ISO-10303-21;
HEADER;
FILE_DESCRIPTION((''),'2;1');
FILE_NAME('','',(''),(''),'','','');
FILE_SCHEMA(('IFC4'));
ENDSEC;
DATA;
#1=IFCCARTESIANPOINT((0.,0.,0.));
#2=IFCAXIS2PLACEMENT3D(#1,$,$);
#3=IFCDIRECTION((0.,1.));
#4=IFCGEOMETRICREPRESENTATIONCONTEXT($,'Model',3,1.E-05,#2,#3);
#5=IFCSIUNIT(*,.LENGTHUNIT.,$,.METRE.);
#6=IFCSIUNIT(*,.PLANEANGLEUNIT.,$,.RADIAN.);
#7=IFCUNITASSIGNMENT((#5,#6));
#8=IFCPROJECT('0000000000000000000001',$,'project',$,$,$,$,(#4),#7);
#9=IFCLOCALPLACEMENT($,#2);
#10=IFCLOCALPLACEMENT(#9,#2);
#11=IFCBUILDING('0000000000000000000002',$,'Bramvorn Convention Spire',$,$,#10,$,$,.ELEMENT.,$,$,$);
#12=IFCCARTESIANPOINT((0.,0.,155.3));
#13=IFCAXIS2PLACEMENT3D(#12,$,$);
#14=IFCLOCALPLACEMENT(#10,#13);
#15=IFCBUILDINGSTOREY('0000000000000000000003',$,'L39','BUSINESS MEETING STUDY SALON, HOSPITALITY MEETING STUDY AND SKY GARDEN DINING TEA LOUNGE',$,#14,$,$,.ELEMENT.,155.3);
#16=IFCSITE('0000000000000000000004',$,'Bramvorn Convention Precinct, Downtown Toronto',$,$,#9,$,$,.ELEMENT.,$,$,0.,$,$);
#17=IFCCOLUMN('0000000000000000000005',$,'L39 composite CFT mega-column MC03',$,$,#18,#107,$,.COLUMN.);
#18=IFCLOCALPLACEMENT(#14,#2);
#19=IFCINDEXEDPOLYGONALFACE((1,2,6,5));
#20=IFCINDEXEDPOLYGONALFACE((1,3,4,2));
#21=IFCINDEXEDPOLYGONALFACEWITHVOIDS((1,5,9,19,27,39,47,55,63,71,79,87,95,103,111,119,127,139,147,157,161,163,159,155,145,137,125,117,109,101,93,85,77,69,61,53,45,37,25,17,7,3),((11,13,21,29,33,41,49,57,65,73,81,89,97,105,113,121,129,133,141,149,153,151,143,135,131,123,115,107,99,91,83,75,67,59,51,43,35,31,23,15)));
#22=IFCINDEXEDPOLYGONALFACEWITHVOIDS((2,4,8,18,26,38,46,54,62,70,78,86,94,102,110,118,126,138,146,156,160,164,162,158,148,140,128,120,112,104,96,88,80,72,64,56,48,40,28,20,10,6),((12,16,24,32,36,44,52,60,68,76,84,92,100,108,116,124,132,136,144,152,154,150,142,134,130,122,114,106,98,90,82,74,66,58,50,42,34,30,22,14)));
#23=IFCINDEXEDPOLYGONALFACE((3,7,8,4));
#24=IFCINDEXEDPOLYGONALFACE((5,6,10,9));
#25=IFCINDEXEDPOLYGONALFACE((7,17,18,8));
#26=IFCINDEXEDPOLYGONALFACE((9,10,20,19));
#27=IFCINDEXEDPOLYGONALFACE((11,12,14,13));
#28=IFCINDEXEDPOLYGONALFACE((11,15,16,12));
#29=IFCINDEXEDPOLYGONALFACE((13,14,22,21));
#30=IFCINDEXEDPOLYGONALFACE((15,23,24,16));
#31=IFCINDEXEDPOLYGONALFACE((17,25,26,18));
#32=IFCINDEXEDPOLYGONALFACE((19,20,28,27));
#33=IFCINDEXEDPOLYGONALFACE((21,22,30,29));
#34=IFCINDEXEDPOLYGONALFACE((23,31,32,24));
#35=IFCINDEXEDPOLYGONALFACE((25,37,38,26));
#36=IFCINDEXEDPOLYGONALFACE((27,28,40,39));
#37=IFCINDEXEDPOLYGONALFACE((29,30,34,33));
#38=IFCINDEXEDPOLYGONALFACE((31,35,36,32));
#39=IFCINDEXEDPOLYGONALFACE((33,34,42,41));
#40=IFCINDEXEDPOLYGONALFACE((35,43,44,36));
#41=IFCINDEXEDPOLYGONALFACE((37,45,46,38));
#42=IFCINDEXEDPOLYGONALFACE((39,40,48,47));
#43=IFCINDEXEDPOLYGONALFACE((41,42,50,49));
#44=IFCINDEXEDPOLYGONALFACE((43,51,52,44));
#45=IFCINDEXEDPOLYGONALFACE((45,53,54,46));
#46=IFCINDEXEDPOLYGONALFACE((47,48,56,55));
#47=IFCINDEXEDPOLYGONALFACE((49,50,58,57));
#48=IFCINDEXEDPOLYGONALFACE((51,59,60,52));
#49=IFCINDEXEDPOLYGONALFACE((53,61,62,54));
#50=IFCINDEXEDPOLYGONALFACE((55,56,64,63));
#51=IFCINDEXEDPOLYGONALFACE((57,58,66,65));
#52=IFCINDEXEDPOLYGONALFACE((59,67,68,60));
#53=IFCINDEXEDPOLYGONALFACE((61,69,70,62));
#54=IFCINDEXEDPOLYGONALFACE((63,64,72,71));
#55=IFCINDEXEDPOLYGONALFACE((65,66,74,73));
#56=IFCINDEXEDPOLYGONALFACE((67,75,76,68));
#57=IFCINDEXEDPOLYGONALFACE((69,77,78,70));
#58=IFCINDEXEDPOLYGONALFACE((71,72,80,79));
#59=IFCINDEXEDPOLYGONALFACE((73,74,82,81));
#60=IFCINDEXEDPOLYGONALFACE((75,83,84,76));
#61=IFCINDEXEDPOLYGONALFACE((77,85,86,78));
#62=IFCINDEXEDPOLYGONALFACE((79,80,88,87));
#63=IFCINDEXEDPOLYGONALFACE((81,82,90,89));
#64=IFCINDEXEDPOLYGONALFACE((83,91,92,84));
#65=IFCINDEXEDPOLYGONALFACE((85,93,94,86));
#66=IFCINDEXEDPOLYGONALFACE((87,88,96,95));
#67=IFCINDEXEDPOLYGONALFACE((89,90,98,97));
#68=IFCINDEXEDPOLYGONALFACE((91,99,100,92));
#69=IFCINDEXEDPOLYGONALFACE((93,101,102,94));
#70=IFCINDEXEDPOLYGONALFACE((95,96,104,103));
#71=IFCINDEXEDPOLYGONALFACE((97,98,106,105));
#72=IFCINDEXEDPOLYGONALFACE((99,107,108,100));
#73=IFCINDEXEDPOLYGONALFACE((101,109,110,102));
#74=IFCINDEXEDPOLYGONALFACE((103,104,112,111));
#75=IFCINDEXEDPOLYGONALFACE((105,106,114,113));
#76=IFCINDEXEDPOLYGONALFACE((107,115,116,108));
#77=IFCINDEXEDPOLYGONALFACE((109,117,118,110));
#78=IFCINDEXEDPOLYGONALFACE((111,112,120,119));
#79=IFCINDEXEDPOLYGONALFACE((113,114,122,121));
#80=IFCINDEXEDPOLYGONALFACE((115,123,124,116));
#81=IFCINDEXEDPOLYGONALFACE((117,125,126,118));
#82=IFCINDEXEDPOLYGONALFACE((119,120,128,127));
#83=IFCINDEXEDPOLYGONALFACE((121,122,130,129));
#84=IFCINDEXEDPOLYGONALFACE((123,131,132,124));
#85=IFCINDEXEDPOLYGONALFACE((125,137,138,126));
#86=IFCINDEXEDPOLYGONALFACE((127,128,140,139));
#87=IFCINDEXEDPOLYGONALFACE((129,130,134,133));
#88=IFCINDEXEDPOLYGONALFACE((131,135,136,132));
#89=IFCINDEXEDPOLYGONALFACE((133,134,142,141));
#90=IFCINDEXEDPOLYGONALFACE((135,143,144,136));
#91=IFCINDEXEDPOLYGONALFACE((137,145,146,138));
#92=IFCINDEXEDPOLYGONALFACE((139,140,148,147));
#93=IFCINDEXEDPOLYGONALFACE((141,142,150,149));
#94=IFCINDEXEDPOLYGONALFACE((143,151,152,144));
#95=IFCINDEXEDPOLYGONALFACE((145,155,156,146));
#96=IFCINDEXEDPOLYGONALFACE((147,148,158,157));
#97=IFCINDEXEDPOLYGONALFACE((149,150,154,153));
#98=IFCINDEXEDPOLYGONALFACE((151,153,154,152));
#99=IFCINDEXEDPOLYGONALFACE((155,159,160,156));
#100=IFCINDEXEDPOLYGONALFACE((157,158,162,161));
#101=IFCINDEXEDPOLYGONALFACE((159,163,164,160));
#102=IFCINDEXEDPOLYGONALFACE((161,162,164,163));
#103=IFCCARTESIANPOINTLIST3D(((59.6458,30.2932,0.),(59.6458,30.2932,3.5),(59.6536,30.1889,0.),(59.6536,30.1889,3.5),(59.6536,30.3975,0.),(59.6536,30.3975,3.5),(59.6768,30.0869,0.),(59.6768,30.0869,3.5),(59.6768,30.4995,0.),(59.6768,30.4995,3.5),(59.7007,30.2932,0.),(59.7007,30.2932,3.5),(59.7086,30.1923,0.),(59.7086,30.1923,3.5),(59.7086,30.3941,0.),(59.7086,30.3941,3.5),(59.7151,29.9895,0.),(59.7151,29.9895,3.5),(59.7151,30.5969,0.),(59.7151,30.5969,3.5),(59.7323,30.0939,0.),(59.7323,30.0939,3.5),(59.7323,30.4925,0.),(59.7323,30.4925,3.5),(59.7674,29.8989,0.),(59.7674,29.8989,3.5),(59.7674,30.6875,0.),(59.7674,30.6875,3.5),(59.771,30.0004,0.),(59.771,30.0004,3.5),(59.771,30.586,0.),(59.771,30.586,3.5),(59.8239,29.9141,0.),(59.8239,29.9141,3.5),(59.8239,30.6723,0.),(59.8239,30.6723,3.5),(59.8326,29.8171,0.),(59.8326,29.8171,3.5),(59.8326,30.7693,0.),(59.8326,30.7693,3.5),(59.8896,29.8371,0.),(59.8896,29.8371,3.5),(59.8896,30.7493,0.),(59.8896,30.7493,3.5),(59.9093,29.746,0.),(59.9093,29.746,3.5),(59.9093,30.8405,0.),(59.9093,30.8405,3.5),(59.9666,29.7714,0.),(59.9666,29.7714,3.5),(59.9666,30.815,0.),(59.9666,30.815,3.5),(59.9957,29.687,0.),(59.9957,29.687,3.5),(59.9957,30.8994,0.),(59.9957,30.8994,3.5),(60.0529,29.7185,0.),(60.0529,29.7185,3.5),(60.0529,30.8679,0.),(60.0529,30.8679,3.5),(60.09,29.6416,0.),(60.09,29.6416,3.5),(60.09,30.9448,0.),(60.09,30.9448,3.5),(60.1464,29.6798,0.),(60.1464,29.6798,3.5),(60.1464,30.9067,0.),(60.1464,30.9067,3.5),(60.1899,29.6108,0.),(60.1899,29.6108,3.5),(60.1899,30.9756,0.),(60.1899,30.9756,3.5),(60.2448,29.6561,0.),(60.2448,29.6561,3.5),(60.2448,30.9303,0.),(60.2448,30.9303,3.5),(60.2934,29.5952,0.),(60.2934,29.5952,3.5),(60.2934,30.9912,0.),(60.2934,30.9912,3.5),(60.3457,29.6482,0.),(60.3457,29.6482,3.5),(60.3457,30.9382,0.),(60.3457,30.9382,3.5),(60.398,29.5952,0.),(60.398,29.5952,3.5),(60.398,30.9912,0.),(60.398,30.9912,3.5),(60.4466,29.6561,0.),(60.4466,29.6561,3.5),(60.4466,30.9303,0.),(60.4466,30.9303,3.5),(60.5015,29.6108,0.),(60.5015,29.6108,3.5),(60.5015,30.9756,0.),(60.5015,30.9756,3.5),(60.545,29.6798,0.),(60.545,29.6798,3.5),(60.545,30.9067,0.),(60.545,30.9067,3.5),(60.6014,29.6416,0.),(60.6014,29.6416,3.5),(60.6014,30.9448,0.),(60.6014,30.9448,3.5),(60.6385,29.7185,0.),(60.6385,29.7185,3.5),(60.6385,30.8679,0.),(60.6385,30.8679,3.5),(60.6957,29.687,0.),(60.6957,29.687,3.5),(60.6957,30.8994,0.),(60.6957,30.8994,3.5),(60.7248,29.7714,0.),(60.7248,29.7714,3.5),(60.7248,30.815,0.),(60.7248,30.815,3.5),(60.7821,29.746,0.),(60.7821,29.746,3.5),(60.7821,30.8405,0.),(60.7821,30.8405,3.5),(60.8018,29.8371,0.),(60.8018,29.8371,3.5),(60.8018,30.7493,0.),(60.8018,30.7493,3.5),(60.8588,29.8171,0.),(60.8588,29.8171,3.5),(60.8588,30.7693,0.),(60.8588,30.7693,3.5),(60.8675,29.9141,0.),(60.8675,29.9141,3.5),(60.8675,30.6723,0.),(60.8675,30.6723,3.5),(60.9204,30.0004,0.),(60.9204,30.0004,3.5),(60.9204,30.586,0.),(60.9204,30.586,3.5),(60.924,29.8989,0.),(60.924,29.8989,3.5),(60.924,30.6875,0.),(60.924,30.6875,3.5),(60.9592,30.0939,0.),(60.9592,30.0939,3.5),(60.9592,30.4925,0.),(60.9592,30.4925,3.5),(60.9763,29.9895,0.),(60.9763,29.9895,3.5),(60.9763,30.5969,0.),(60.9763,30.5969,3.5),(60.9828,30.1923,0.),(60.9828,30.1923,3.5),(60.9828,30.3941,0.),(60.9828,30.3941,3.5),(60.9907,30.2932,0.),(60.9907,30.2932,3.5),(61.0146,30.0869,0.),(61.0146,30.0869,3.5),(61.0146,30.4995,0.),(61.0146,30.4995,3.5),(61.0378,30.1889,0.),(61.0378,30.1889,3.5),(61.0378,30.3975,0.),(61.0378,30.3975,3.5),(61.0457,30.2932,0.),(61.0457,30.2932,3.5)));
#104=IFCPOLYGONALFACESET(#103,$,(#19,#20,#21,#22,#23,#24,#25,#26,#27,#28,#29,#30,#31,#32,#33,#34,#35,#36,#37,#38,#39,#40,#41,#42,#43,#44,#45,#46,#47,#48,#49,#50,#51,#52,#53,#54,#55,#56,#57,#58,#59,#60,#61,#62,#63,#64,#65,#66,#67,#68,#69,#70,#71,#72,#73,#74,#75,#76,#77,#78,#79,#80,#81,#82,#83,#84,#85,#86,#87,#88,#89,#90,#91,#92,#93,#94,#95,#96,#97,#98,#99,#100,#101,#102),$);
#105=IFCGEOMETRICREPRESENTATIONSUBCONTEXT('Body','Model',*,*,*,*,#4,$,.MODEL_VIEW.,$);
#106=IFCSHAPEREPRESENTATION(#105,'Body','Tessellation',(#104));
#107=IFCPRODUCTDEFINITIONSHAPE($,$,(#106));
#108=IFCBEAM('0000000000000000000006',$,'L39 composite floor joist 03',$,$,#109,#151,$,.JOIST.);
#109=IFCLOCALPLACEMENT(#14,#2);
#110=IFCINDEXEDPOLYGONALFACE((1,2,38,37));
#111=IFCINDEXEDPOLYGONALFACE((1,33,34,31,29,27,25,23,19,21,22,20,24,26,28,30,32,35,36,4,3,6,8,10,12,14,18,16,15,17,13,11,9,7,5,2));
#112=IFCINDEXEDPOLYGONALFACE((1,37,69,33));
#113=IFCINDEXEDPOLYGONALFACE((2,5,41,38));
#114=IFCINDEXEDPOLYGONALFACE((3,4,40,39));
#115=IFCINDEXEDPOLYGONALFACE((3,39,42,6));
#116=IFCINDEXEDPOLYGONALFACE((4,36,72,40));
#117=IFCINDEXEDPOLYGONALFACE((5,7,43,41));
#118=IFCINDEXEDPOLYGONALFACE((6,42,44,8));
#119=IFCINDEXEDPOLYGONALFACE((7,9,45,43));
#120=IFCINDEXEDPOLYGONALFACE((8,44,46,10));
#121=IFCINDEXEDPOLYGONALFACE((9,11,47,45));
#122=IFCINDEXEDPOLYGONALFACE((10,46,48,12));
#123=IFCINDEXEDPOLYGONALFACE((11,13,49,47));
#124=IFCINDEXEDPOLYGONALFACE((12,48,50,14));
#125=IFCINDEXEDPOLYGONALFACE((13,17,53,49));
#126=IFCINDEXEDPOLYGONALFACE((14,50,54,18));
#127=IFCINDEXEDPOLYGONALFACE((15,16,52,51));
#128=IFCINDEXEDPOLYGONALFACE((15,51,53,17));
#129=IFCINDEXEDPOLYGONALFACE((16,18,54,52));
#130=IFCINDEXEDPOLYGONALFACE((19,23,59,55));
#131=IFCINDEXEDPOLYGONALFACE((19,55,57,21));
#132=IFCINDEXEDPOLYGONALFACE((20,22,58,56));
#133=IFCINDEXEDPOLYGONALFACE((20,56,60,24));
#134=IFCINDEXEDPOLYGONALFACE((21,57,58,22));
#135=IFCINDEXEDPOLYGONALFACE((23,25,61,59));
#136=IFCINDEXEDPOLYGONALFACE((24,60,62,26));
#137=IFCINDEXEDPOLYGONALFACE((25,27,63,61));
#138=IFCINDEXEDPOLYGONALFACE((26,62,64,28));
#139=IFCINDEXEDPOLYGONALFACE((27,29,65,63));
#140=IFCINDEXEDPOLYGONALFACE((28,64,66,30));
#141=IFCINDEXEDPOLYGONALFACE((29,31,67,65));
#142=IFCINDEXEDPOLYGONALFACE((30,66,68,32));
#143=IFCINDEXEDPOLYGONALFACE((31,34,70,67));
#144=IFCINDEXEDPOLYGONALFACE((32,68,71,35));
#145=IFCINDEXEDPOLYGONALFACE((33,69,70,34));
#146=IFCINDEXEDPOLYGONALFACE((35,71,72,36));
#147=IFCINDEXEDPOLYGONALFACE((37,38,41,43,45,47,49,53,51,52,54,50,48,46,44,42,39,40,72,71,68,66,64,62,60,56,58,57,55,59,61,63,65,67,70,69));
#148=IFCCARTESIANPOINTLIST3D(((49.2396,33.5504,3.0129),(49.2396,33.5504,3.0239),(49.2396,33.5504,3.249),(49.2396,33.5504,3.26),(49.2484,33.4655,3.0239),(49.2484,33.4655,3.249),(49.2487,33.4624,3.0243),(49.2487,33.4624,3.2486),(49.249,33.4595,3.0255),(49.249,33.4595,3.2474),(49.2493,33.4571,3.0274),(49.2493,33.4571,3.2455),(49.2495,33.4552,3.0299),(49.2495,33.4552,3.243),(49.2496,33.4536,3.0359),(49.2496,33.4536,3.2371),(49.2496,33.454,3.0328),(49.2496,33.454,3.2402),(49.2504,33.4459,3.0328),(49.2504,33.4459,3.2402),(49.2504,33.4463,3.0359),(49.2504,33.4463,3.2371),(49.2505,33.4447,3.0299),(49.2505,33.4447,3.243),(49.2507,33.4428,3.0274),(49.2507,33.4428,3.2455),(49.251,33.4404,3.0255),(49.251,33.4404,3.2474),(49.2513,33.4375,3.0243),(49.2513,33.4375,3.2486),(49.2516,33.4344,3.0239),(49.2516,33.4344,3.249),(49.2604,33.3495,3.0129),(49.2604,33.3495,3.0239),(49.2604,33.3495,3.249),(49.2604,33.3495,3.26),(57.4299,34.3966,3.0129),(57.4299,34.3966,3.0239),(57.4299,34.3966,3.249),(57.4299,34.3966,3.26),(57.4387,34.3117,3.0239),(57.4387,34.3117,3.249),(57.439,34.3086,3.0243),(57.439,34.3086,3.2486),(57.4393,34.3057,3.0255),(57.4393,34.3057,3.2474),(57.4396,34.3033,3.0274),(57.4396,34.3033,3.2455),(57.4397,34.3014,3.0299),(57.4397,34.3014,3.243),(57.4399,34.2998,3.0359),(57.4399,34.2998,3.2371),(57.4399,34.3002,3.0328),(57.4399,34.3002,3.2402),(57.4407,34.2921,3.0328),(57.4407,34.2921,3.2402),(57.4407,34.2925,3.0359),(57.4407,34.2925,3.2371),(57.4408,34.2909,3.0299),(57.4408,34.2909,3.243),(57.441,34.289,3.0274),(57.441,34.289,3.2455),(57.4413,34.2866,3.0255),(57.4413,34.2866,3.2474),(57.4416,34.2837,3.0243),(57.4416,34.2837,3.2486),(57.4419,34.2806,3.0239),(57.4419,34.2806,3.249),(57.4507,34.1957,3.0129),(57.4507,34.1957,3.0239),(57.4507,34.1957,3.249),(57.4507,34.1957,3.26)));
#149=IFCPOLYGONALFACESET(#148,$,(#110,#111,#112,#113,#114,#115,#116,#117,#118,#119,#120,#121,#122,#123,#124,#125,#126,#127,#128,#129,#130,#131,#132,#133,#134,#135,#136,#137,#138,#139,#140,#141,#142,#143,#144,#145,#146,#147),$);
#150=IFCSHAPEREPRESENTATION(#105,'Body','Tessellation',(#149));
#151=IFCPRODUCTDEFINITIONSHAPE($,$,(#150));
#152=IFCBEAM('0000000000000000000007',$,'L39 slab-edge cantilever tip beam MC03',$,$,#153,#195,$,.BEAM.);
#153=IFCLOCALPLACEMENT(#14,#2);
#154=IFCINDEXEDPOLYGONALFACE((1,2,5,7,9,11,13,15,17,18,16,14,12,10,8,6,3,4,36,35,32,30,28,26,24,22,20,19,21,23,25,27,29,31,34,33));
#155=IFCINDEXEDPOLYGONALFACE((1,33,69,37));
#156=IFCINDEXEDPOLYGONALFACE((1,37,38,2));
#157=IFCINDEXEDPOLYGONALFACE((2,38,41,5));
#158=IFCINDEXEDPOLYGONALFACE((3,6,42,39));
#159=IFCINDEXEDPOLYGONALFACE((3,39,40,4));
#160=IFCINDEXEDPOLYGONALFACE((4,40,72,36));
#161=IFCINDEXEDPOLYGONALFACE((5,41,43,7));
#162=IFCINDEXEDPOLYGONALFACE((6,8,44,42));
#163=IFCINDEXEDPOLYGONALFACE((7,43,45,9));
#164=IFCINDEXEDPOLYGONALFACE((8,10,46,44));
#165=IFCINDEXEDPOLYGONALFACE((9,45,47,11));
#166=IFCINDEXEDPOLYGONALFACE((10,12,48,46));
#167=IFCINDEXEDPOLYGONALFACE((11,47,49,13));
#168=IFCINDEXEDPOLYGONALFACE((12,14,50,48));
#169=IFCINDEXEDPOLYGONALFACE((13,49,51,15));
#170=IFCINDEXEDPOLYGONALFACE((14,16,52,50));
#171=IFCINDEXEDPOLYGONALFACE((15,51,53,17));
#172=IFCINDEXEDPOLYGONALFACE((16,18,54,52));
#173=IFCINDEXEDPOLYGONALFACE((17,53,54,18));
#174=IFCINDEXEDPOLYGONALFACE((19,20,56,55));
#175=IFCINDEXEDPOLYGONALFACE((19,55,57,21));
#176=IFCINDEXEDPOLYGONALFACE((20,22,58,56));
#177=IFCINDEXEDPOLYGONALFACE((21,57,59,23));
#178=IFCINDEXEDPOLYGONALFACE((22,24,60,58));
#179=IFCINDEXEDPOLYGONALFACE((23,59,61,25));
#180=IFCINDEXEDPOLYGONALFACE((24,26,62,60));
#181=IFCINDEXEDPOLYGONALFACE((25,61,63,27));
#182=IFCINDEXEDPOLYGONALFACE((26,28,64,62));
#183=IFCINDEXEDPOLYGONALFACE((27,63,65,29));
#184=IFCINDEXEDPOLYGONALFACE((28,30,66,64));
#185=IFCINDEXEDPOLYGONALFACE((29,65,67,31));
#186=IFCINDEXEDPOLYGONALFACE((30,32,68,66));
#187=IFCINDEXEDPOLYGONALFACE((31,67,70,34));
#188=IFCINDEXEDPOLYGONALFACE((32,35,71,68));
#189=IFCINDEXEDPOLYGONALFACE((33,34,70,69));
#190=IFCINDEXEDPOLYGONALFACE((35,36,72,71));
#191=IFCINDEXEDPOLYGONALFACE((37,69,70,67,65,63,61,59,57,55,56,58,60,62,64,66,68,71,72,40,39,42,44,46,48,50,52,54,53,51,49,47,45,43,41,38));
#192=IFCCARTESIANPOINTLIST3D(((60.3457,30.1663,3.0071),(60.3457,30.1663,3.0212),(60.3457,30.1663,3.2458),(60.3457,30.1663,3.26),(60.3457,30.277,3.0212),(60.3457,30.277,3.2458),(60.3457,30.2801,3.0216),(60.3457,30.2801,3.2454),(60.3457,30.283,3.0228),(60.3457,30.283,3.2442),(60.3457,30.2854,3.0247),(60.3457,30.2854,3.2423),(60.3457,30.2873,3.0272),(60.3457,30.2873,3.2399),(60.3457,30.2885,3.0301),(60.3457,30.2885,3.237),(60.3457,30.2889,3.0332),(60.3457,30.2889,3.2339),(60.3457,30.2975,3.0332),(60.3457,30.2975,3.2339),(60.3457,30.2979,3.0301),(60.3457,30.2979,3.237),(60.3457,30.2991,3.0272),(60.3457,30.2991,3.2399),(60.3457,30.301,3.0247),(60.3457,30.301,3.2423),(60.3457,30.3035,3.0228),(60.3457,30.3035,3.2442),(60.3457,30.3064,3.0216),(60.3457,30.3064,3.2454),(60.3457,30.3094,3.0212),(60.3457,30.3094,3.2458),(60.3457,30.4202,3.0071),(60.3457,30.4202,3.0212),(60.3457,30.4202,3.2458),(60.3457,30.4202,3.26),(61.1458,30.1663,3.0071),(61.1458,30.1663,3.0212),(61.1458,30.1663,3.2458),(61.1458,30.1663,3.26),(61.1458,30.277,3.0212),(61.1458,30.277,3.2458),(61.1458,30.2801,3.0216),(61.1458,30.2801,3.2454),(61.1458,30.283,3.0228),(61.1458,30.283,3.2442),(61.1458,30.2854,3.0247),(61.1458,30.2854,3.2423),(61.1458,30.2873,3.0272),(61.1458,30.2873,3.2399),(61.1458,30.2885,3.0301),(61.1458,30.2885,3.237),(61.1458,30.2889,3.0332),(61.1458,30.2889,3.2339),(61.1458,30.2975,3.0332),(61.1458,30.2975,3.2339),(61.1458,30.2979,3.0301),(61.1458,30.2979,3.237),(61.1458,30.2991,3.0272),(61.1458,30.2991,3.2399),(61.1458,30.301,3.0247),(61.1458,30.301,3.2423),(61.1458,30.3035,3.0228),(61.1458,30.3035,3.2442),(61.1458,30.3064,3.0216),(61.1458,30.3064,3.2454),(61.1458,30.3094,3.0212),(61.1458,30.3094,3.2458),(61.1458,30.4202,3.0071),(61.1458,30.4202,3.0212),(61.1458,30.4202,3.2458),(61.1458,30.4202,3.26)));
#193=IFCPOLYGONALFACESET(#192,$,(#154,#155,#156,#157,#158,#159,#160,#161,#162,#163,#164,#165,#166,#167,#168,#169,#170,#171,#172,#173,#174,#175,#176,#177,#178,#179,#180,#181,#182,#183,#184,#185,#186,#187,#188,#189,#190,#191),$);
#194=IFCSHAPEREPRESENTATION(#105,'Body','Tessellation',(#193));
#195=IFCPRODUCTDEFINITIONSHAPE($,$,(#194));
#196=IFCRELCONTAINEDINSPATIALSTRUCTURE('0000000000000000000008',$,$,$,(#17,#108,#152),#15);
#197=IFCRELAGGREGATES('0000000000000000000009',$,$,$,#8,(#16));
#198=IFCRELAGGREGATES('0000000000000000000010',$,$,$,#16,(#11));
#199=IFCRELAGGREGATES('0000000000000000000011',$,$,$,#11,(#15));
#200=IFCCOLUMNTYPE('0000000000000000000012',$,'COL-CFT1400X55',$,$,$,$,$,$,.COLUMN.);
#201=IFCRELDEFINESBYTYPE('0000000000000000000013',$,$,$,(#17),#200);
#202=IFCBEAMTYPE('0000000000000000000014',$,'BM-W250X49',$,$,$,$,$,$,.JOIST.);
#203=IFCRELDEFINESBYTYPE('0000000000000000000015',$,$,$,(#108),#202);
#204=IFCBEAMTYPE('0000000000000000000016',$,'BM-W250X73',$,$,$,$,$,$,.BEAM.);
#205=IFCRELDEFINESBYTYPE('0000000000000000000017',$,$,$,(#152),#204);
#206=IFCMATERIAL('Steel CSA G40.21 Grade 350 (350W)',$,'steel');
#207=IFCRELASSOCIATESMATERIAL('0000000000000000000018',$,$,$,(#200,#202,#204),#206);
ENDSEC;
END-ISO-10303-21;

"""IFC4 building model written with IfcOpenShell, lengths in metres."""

from ifc_helpers import new_model, si_unit, direction, frame, origin, origin_2d, place, context, subcontext, project, spatial, hollow_circle, i_section, extrude, material, material_profile, profile_set, type_object, element, save


model = new_model("IFC4")

# Units and contexts
model_context = context("Model", 3, precision=1e-05, world=origin(), true_north=direction((0.0, 1.0)))
body_context = subcontext(model_context, "Body", "Model", "MODEL_VIEW")
ifc_project = project(units=[si_unit("LENGTHUNIT", "METRE"), si_unit("PLANEANGLEUNIT", "RADIAN")], contexts=[model_context])

# Site, building, storey
site_placement = place(None, origin())
site = spatial("IfcSite", under=ifc_project, at=site_placement, Name="Bramvorn Convention Precinct, Downtown Toronto", CompositionType="ELEMENT", RefElevation=0.0)
building_placement = place(site_placement, origin())
building = spatial("IfcBuilding", under=site, at=building_placement, Name="Bramvorn Convention Spire", CompositionType="ELEMENT")
storey_placement = place(building_placement, frame((0.0, 0.0, 155.3)))
storey = spatial("IfcBuildingStorey", under=building, at=storey_placement, Name="L39", Description="BUSINESS MEETING STUDY SALON, HOSPITALITY MEETING STUDY AND SKY GARDEN DINING TEA LOUNGE", CompositionType="ELEMENT", Elevation=155.3)

# Column
ifc_material_1 = material(Name="Steel CSA G40.21 Grade 350 (350W)", Category="steel")
ifc_material_profile_1 = material_profile(ifc_material_1, hollow_circle(Radius=0.7, WallThickness=0.0549, at=origin_2d()))
ifc_profile_set_1 = profile_set([ifc_material_profile_1], Name="Steel CSA G40.21 Grade 350 (350W) - CFT1400X55")
column_type = type_object("IfcColumnType", Name="COL-CFT1400X55", PredefinedType="COLUMN", material=ifc_profile_set_1)
column_placement = place(storey_placement, frame((60.3457, 30.2932, 0.0), z_axis=(0.0, 0.0, 1.0), x_axis=(1.0, 0.0, 0.0)))
element("IfcColumn", 1, at=column_placement, inside=storey, type_object=column_type, Name="L39 composite CFT mega-column MC03", PredefinedType="COLUMN", context=body_context, shape_type="SweptSolid", body=[
    extrude(hollow_circle(Radius=0.7, WallThickness=0.0549, at=origin_2d()), origin(), (0.0, 0.0, 1.0), 3.5),
])

# Beams
ifc_material_profile_2 = material_profile(ifc_material_1, i_section(OverallWidth=0.2019, OverallDepth=0.2471, WebThickness=0.0073, FlangeThickness=0.011, FilletRadius=0.012, at=origin_2d()))
ifc_profile_set_2 = profile_set([ifc_material_profile_2], Name="Steel CSA G40.21 Grade 350 (350W) - W250X49")
beam_type_1 = type_object("IfcBeamType", Name="BM-W250X49", PredefinedType="JOIST", material=ifc_profile_set_2)
beam_1_placement = place(storey_placement, frame((49.25, 33.45, 3.1365), z_axis=(0.994705, 0.102771, 0.0), x_axis=(-0.102771, 0.994705, 0.0)))
element("IfcBeam", 2, at=beam_1_placement, inside=storey, type_object=beam_type_1, Name="L39 composite floor joist 03", PredefinedType="JOIST", context=body_context, shape_type="SweptSolid", body=[
    extrude(i_section(OverallWidth=0.2019, OverallDepth=0.2471, WebThickness=0.0073, FlangeThickness=0.011, FilletRadius=0.012, at=origin_2d()), origin(), (0.0, 0.0, 1.0), 8.2339),
])
ifc_material_profile_3 = material_profile(ifc_material_1, i_section(OverallWidth=0.2539, OverallDepth=0.2529, WebThickness=0.0085, FlangeThickness=0.0142, FilletRadius=0.012, at=origin_2d()))
ifc_profile_set_3 = profile_set([ifc_material_profile_3], Name="Steel CSA G40.21 Grade 350 (350W) - W250X73")
beam_type_2 = type_object("IfcBeamType", Name="BM-W250X73", PredefinedType="BEAM", material=ifc_profile_set_3)
beam_2_placement = place(storey_placement, frame((60.3457, 30.2932, 3.1335), z_axis=(1.0, 0.0, 0.0), x_axis=(0.0, 1.0, 0.0)))
element("IfcBeam", 3, at=beam_2_placement, inside=storey, type_object=beam_type_2, Name="L39 slab-edge cantilever tip beam MC03", PredefinedType="BEAM", context=body_context, shape_type="SweptSolid", body=[
    extrude(i_section(OverallWidth=0.2539, OverallDepth=0.2529, WebThickness=0.0085, FlangeThickness=0.0142, FilletRadius=0.012, at=origin_2d()), origin(), (0.0, 0.0, 1.0), 0.8),
])

save(model, "model.ifc")
